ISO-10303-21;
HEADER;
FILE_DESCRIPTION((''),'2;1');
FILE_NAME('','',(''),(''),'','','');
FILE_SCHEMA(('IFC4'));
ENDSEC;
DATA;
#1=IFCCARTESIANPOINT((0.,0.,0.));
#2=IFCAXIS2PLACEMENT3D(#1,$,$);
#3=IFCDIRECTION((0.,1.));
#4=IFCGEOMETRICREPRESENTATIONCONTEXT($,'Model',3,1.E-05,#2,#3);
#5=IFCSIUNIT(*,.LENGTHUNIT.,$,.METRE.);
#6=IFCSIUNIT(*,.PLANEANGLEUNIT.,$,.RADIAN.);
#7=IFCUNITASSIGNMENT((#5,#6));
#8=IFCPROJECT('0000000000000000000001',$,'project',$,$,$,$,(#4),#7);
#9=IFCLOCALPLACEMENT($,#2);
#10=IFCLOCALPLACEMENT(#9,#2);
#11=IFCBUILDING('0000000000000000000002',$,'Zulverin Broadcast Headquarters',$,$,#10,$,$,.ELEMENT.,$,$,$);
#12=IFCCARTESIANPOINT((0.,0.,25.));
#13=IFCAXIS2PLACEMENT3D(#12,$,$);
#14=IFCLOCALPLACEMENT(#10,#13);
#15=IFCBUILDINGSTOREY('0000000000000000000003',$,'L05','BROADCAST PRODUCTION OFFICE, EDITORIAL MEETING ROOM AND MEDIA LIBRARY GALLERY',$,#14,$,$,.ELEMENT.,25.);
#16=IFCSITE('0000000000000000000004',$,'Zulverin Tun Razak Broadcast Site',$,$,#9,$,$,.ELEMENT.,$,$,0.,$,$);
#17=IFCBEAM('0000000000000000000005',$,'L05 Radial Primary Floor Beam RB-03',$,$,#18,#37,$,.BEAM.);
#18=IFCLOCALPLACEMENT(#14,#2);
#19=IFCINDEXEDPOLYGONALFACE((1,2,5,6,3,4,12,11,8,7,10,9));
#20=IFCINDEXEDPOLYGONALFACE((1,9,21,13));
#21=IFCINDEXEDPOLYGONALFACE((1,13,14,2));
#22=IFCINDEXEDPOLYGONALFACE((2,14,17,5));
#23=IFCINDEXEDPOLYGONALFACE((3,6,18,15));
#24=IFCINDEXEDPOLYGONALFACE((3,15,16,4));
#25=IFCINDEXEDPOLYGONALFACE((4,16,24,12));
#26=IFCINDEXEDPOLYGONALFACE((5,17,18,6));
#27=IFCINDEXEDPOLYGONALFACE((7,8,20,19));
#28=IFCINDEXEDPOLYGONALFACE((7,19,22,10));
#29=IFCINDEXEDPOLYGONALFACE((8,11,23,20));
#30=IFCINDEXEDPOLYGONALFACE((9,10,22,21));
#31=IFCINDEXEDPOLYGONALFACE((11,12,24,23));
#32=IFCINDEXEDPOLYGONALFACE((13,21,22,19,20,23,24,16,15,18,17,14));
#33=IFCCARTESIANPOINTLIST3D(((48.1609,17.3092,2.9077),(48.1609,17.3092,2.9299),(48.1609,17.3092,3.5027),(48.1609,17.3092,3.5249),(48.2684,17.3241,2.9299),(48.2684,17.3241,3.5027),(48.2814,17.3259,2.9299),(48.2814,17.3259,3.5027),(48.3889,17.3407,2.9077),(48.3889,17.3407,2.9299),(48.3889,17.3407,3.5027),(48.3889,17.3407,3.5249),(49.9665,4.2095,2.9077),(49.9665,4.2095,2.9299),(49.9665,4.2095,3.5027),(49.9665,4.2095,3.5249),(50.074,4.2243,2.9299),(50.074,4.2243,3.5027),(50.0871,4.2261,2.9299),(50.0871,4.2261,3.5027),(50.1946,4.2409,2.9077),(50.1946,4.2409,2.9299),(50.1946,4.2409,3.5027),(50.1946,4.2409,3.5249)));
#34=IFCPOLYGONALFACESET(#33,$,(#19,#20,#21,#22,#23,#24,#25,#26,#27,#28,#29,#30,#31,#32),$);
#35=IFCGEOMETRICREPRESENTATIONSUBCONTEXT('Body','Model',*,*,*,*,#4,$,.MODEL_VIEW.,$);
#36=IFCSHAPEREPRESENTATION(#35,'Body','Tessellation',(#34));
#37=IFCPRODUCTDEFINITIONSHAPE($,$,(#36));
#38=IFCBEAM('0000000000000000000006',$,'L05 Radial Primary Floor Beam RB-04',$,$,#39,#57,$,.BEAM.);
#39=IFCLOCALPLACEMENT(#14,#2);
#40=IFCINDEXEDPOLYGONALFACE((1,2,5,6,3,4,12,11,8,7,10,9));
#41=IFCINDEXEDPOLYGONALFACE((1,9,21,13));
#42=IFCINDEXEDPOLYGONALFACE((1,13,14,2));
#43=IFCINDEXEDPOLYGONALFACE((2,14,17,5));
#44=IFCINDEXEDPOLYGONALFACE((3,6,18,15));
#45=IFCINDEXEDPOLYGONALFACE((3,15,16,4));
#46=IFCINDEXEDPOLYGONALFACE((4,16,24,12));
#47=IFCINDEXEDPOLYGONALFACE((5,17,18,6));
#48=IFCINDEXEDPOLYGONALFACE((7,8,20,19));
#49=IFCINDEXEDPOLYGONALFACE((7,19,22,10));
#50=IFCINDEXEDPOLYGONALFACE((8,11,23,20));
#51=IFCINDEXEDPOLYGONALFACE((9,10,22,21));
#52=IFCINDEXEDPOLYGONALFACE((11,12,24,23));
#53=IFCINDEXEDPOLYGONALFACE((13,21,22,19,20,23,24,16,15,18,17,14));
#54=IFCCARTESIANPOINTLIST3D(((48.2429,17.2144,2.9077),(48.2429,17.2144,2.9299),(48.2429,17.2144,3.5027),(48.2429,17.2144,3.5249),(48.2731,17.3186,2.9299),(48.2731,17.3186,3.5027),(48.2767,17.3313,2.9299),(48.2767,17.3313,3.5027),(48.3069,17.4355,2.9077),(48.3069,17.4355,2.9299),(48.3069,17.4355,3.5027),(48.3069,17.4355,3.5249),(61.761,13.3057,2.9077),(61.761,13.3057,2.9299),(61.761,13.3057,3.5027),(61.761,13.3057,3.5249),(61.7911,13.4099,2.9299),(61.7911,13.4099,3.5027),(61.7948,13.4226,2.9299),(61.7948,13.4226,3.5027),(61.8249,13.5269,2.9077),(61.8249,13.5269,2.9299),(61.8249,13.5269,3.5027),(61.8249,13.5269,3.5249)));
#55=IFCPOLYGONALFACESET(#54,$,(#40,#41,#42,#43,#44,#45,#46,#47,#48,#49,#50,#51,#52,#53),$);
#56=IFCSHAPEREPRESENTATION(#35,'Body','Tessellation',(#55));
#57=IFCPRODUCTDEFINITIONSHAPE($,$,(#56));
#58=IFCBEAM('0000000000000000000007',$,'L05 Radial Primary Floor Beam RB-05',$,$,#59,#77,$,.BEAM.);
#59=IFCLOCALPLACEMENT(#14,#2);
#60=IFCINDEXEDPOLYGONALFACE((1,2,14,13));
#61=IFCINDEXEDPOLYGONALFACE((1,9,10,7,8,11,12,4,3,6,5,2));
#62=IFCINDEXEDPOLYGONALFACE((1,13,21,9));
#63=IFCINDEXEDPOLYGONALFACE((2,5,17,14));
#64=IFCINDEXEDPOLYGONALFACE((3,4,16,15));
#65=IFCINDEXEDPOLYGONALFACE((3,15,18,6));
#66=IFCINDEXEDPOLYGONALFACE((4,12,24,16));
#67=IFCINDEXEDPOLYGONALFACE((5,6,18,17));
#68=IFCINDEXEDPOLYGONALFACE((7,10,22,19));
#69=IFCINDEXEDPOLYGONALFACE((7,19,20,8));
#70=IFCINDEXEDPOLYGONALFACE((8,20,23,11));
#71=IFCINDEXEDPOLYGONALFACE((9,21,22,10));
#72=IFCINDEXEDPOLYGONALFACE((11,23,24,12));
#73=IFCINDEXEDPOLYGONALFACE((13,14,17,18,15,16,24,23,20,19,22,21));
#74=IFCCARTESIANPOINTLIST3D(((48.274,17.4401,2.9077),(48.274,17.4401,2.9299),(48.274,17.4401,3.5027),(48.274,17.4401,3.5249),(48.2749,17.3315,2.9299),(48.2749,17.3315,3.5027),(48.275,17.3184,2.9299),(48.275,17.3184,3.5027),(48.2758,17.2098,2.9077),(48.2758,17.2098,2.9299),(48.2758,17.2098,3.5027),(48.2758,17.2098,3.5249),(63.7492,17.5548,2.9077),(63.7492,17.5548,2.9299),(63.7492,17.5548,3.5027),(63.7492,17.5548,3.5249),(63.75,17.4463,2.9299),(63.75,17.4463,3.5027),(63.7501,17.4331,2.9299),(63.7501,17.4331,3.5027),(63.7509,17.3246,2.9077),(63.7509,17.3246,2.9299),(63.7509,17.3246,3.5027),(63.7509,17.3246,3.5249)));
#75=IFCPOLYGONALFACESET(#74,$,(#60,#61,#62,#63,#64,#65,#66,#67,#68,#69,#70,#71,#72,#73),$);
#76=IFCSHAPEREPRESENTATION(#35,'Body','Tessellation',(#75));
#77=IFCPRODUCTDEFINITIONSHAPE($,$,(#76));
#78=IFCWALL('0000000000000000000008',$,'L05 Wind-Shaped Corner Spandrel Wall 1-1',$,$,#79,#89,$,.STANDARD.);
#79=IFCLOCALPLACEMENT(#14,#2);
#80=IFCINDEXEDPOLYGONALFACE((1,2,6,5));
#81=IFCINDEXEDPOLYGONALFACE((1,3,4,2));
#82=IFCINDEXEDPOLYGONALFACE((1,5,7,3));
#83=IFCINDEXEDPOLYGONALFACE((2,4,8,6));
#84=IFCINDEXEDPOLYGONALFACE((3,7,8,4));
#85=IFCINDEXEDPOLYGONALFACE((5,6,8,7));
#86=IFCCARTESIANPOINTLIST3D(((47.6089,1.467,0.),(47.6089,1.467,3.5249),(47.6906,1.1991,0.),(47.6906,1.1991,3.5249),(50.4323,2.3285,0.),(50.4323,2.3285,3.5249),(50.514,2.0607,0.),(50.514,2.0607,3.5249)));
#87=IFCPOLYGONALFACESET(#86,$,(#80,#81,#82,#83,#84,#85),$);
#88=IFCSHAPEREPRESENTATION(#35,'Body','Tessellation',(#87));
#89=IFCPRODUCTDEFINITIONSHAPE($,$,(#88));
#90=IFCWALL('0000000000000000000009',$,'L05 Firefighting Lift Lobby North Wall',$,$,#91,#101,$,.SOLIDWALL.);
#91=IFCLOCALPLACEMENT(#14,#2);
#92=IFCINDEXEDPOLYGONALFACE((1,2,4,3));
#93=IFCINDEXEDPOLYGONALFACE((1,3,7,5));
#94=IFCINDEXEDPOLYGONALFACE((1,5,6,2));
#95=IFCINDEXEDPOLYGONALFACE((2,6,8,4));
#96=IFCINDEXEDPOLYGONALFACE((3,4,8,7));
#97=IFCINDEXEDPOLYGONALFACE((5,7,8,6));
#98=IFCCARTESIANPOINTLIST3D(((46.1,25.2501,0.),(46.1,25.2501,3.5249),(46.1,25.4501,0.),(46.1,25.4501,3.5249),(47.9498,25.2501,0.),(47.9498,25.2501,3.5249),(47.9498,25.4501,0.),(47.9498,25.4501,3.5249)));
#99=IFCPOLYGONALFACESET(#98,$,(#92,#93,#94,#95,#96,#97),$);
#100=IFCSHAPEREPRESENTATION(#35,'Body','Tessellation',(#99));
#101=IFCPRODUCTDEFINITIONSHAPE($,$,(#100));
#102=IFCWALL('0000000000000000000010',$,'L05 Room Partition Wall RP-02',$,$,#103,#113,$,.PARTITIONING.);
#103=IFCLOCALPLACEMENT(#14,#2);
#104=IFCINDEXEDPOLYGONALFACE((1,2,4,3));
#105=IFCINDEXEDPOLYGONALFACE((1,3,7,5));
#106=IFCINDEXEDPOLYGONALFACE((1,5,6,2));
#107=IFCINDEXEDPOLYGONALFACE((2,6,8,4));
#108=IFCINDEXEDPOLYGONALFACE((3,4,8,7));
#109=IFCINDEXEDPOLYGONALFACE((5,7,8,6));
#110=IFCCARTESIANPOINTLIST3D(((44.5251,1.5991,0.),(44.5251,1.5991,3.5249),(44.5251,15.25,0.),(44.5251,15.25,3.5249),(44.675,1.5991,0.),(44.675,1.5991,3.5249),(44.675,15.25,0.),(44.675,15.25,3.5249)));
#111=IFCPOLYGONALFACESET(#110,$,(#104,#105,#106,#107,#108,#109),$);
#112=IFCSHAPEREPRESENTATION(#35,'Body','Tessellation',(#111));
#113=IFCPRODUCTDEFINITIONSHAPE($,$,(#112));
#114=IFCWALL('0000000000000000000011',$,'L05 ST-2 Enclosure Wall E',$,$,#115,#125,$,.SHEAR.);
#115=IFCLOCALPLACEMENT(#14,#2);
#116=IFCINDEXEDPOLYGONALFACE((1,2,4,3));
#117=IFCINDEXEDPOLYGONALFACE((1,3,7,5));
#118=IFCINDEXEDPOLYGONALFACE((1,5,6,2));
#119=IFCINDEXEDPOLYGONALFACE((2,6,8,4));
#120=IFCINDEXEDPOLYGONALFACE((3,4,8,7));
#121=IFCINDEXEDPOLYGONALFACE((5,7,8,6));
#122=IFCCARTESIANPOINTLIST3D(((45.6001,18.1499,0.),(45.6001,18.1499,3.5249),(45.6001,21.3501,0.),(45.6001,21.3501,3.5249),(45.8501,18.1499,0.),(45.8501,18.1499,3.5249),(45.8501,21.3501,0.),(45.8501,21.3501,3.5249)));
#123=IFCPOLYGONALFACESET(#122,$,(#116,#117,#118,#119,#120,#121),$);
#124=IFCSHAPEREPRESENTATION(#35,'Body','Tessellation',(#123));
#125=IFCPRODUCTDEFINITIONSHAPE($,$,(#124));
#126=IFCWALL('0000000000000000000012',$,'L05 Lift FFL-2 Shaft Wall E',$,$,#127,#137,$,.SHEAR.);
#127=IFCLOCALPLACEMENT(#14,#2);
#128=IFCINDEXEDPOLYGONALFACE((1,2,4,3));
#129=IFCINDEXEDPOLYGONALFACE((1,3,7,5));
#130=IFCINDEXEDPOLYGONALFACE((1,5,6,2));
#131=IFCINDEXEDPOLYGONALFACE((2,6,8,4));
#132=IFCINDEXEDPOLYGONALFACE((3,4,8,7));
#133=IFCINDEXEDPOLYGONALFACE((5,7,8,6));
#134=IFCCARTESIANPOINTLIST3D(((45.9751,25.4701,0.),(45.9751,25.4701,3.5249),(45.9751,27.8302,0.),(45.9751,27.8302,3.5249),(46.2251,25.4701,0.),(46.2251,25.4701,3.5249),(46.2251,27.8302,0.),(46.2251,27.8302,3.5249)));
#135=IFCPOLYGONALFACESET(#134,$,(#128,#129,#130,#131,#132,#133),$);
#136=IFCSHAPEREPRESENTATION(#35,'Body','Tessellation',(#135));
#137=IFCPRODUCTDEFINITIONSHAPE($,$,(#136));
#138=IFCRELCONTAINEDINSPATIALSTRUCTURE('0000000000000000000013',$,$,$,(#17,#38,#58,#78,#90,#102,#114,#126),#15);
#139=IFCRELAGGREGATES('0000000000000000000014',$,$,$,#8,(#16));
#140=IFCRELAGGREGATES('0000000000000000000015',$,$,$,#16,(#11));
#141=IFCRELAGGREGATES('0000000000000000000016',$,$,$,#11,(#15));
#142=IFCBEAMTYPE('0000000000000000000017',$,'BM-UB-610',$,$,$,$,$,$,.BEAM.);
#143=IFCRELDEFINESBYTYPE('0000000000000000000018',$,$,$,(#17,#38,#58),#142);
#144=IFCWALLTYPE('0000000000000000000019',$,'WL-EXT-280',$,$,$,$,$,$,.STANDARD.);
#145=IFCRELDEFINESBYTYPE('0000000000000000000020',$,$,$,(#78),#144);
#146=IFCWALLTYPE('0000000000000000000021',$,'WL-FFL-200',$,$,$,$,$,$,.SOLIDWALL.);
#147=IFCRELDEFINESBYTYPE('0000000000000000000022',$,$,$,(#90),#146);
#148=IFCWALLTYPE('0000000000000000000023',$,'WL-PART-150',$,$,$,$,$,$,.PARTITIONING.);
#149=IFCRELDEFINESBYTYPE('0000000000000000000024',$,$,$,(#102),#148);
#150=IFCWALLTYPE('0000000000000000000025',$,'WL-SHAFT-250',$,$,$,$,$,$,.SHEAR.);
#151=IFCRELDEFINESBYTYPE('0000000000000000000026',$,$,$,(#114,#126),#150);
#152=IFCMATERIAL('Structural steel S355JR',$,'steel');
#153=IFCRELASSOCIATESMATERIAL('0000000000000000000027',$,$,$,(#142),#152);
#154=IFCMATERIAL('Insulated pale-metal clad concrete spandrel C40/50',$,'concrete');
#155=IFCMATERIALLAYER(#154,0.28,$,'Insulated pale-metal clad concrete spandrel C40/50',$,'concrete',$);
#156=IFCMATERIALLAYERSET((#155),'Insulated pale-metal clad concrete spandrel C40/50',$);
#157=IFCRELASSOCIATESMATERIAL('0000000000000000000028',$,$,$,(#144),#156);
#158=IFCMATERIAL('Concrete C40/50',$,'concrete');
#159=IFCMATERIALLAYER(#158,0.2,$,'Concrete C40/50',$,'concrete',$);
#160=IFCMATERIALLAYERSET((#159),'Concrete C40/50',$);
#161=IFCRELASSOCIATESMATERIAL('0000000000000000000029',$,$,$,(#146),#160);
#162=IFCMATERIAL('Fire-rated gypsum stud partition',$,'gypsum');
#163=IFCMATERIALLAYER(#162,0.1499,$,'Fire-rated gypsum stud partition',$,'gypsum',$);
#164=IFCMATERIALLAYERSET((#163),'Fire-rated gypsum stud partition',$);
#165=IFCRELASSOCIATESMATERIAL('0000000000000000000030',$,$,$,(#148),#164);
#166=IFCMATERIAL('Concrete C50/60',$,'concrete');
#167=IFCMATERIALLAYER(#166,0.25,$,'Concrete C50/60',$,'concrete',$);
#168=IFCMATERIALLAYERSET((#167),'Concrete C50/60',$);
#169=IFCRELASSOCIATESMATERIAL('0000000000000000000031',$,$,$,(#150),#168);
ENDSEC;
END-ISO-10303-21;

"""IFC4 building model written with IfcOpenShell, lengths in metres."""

from ifc_helpers import new_model, si_unit, direction, frame, frame_2d, origin, origin_2d, place, context, subcontext, project, spatial, rectangle, i_section, extrude, material, layer, layer_set, material_profile, profile_set, type_object, element, save


model = new_model("IFC4")

# Units and contexts
model_context = context("Model", 3, precision=1e-05, world=origin(), true_north=direction((0.0, 1.0)))
body_context = subcontext(model_context, "Body", "Model", "MODEL_VIEW")
ifc_project = project(units=[si_unit("LENGTHUNIT", "METRE"), si_unit("PLANEANGLEUNIT", "RADIAN")], contexts=[model_context])

# Site, building, storey
site_placement = place(None, origin())
site = spatial("IfcSite", under=ifc_project, at=site_placement, Name="Zulverin Tun Razak Broadcast Site", CompositionType="ELEMENT", RefElevation=0.0)
building_placement = place(site_placement, origin())
building = spatial("IfcBuilding", under=site, at=building_placement, Name="Zulverin Broadcast Headquarters", CompositionType="ELEMENT")
storey_placement = place(building_placement, frame((0.0, 0.0, 25.0)))
storey = spatial("IfcBuildingStorey", under=building, at=storey_placement, Name="L05", Description="BROADCAST PRODUCTION OFFICE, EDITORIAL MEETING ROOM AND MEDIA LIBRARY GALLERY", CompositionType="ELEMENT", Elevation=25.0)

# Beams
ifc_material_1 = material(Name="Concrete C40/50", Category="concrete")
ifc_material_2 = material(Name="Structural steel S355JR", Category="steel")
ifc_material_profile_1 = material_profile(ifc_material_2, i_section(OverallWidth=0.2302, OverallDepth=0.6172, WebThickness=0.0132, FlangeThickness=0.0222, at=origin_2d()), Name="Structural steel S355JR", Category="steel")
ifc_profile_set_1 = profile_set([ifc_material_profile_1], Name="Structural steel S355JR")
beam_type_1 = type_object("IfcBeamType", Name="BM-UB-610", PredefinedType="BEAM", material=ifc_profile_set_1)
beam_1_placement = place(storey_placement, frame((48.2749, 17.325, 3.2163), z_axis=(0.136547, -0.990634, 0.0), x_axis=(0.990634, 0.136547, 0.0)))
element("IfcBeam", 1, at=beam_1_placement, inside=storey, type_object=beam_type_1, Name="L05 Radial Primary Floor Beam RB-03", PredefinedType="BEAM", context=body_context, shape_type="SweptSolid", body=[
    extrude(i_section(OverallWidth=0.2302, OverallDepth=0.6172, WebThickness=0.0132, FlangeThickness=0.0222, at=origin_2d()), origin(), (0.0, 0.0, 1.0), 13.2236),
])
beam_2_placement = place(storey_placement, frame((48.2749, 17.325, 3.2163), z_axis=(0.960648, -0.277767, 0.0), x_axis=(0.277767, 0.960648, 0.0)))
element("IfcBeam", 2, at=beam_2_placement, inside=storey, type_object=beam_type_1, Name="L05 Radial Primary Floor Beam RB-04", PredefinedType="BEAM", context=body_context, shape_type="SweptSolid", body=[
    extrude(i_section(OverallWidth=0.2302, OverallDepth=0.6172, WebThickness=0.0132, FlangeThickness=0.0222, at=origin_2d()), origin(), (0.0, 0.0, 1.0), 14.0718),
])
beam_3_placement = place(storey_placement, frame((48.2749, 17.325, 3.2163), z_axis=(0.999973, 0.007415, 0.0), x_axis=(-0.007415, 0.999973, 0.0)))
element("IfcBeam", 3, at=beam_3_placement, inside=storey, type_object=beam_type_1, Name="L05 Radial Primary Floor Beam RB-05", PredefinedType="BEAM", context=body_context, shape_type="SweptSolid", body=[
    extrude(i_section(OverallWidth=0.2302, OverallDepth=0.6172, WebThickness=0.0132, FlangeThickness=0.0222, at=origin_2d()), origin(), (0.0, 0.0, 1.0), 15.4756),
])

# Walls
ifc_material_3 = material(Name="Insulated pale-metal clad concrete spandrel C40/50", Category="concrete")
ifc_layer_1 = layer(ifc_material_3, 0.28, Name="Insulated pale-metal clad concrete spandrel C40/50", Category="concrete")
ifc_layer_set_1 = layer_set([ifc_layer_1], Name="Insulated pale-metal clad concrete spandrel C40/50")
wall_type_1 = type_object("IfcWallType", Name="WL-EXT-280", PredefinedType="STANDARD", material=ifc_layer_set_1)
wall_1_placement = place(storey_placement, frame((47.6497, 1.333, 0.0), z_axis=(0.0, 0.0, 1.0), x_axis=(0.956461, 0.291859, 0.0)))
element("IfcWall", 4, at=wall_1_placement, inside=storey, type_object=wall_type_1, Name="L05 Wind-Shaped Corner Spandrel Wall 1-1", PredefinedType="STANDARD", context=body_context, shape_type="SweptSolid", body=[
    extrude(rectangle(XDim=2.9519, YDim=0.28, at=frame_2d((1.4761, 0.0))), origin(), (0.0, 0.0, 1.0), 3.5249),
])
ifc_layer_2 = layer(ifc_material_1, 0.2, Name="Concrete C40/50", Category="concrete")
ifc_layer_set_2 = layer_set([ifc_layer_2], Name="Concrete C40/50")
wall_type_2 = type_object("IfcWallType", Name="WL-FFL-200", PredefinedType="SOLIDWALL", material=ifc_layer_set_2)
wall_2_placement = place(storey_placement, frame((46.1001, 25.3501, 0.0), z_axis=(0.0, 0.0, 1.0), x_axis=(1.0, 0.0, 0.0)))
element("IfcWall", 5, at=wall_2_placement, inside=storey, type_object=wall_type_2, Name="L05 Firefighting Lift Lobby North Wall", PredefinedType="SOLIDWALL", context=body_context, shape_type="SweptSolid", body=[
    extrude(rectangle(XDim=1.8499, YDim=0.2, at=frame_2d((0.9248, 0.0))), origin(), (0.0, 0.0, 1.0), 3.5249),
])
ifc_material_4 = material(Name="Fire-rated gypsum stud partition", Category="gypsum")
ifc_layer_3 = layer(ifc_material_4, 0.1499, Name="Fire-rated gypsum stud partition", Category="gypsum")
ifc_layer_set_3 = layer_set([ifc_layer_3], Name="Fire-rated gypsum stud partition")
wall_type_3 = type_object("IfcWallType", Name="WL-PART-150", PredefinedType="PARTITIONING", material=ifc_layer_set_3)
wall_3_placement = place(storey_placement, frame((44.6001, 1.5991, 0.0), z_axis=(0.0, 0.0, 1.0), x_axis=(0.0, 1.0, 0.0)))
element("IfcWall", 6, at=wall_3_placement, inside=storey, type_object=wall_type_3, Name="L05 Room Partition Wall RP-02", PredefinedType="PARTITIONING", context=body_context, shape_type="SweptSolid", body=[
    extrude(rectangle(XDim=13.6509, YDim=0.1499, at=frame_2d((6.8254, 0.0))), origin(), (0.0, 0.0, 1.0), 3.5249),
])
ifc_material_5 = material(Name="Concrete C50/60", Category="concrete")
ifc_layer_4 = layer(ifc_material_5, 0.25, Name="Concrete C50/60", Category="concrete")
ifc_layer_set_4 = layer_set([ifc_layer_4], Name="Concrete C50/60")
wall_type_4 = type_object("IfcWallType", Name="WL-SHAFT-250", PredefinedType="SHEAR", material=ifc_layer_set_4)
wall_4_placement = place(storey_placement, frame((45.7251, 18.1499, 0.0), z_axis=(0.0, 0.0, 1.0), x_axis=(0.0, 1.0, 0.0)))
element("IfcWall", 7, at=wall_4_placement, inside=storey, type_object=wall_type_4, Name="L05 ST-2 Enclosure Wall E", PredefinedType="SHEAR", context=body_context, shape_type="SweptSolid", body=[
    extrude(rectangle(XDim=3.2002, YDim=0.25, at=frame_2d((1.6001, 0.0))), origin(), (0.0, 0.0, 1.0), 3.5249),
])

# Wall
wall_5_placement = place(storey_placement, frame((46.1001, 25.47, 0.0), z_axis=(0.0, 0.0, 1.0), x_axis=(0.0, 1.0, 0.0)))
element("IfcWall", 8, at=wall_5_placement, inside=storey, type_object=wall_type_4, Name="L05 Lift FFL-2 Shaft Wall E", PredefinedType="SHEAR", context=body_context, shape_type="SweptSolid", body=[
    extrude(rectangle(XDim=2.3601, YDim=0.25, at=frame_2d((1.1802, 0.0))), origin(), (0.0, 0.0, 1.0), 3.5249),
])

save(model, "model.ifc")
